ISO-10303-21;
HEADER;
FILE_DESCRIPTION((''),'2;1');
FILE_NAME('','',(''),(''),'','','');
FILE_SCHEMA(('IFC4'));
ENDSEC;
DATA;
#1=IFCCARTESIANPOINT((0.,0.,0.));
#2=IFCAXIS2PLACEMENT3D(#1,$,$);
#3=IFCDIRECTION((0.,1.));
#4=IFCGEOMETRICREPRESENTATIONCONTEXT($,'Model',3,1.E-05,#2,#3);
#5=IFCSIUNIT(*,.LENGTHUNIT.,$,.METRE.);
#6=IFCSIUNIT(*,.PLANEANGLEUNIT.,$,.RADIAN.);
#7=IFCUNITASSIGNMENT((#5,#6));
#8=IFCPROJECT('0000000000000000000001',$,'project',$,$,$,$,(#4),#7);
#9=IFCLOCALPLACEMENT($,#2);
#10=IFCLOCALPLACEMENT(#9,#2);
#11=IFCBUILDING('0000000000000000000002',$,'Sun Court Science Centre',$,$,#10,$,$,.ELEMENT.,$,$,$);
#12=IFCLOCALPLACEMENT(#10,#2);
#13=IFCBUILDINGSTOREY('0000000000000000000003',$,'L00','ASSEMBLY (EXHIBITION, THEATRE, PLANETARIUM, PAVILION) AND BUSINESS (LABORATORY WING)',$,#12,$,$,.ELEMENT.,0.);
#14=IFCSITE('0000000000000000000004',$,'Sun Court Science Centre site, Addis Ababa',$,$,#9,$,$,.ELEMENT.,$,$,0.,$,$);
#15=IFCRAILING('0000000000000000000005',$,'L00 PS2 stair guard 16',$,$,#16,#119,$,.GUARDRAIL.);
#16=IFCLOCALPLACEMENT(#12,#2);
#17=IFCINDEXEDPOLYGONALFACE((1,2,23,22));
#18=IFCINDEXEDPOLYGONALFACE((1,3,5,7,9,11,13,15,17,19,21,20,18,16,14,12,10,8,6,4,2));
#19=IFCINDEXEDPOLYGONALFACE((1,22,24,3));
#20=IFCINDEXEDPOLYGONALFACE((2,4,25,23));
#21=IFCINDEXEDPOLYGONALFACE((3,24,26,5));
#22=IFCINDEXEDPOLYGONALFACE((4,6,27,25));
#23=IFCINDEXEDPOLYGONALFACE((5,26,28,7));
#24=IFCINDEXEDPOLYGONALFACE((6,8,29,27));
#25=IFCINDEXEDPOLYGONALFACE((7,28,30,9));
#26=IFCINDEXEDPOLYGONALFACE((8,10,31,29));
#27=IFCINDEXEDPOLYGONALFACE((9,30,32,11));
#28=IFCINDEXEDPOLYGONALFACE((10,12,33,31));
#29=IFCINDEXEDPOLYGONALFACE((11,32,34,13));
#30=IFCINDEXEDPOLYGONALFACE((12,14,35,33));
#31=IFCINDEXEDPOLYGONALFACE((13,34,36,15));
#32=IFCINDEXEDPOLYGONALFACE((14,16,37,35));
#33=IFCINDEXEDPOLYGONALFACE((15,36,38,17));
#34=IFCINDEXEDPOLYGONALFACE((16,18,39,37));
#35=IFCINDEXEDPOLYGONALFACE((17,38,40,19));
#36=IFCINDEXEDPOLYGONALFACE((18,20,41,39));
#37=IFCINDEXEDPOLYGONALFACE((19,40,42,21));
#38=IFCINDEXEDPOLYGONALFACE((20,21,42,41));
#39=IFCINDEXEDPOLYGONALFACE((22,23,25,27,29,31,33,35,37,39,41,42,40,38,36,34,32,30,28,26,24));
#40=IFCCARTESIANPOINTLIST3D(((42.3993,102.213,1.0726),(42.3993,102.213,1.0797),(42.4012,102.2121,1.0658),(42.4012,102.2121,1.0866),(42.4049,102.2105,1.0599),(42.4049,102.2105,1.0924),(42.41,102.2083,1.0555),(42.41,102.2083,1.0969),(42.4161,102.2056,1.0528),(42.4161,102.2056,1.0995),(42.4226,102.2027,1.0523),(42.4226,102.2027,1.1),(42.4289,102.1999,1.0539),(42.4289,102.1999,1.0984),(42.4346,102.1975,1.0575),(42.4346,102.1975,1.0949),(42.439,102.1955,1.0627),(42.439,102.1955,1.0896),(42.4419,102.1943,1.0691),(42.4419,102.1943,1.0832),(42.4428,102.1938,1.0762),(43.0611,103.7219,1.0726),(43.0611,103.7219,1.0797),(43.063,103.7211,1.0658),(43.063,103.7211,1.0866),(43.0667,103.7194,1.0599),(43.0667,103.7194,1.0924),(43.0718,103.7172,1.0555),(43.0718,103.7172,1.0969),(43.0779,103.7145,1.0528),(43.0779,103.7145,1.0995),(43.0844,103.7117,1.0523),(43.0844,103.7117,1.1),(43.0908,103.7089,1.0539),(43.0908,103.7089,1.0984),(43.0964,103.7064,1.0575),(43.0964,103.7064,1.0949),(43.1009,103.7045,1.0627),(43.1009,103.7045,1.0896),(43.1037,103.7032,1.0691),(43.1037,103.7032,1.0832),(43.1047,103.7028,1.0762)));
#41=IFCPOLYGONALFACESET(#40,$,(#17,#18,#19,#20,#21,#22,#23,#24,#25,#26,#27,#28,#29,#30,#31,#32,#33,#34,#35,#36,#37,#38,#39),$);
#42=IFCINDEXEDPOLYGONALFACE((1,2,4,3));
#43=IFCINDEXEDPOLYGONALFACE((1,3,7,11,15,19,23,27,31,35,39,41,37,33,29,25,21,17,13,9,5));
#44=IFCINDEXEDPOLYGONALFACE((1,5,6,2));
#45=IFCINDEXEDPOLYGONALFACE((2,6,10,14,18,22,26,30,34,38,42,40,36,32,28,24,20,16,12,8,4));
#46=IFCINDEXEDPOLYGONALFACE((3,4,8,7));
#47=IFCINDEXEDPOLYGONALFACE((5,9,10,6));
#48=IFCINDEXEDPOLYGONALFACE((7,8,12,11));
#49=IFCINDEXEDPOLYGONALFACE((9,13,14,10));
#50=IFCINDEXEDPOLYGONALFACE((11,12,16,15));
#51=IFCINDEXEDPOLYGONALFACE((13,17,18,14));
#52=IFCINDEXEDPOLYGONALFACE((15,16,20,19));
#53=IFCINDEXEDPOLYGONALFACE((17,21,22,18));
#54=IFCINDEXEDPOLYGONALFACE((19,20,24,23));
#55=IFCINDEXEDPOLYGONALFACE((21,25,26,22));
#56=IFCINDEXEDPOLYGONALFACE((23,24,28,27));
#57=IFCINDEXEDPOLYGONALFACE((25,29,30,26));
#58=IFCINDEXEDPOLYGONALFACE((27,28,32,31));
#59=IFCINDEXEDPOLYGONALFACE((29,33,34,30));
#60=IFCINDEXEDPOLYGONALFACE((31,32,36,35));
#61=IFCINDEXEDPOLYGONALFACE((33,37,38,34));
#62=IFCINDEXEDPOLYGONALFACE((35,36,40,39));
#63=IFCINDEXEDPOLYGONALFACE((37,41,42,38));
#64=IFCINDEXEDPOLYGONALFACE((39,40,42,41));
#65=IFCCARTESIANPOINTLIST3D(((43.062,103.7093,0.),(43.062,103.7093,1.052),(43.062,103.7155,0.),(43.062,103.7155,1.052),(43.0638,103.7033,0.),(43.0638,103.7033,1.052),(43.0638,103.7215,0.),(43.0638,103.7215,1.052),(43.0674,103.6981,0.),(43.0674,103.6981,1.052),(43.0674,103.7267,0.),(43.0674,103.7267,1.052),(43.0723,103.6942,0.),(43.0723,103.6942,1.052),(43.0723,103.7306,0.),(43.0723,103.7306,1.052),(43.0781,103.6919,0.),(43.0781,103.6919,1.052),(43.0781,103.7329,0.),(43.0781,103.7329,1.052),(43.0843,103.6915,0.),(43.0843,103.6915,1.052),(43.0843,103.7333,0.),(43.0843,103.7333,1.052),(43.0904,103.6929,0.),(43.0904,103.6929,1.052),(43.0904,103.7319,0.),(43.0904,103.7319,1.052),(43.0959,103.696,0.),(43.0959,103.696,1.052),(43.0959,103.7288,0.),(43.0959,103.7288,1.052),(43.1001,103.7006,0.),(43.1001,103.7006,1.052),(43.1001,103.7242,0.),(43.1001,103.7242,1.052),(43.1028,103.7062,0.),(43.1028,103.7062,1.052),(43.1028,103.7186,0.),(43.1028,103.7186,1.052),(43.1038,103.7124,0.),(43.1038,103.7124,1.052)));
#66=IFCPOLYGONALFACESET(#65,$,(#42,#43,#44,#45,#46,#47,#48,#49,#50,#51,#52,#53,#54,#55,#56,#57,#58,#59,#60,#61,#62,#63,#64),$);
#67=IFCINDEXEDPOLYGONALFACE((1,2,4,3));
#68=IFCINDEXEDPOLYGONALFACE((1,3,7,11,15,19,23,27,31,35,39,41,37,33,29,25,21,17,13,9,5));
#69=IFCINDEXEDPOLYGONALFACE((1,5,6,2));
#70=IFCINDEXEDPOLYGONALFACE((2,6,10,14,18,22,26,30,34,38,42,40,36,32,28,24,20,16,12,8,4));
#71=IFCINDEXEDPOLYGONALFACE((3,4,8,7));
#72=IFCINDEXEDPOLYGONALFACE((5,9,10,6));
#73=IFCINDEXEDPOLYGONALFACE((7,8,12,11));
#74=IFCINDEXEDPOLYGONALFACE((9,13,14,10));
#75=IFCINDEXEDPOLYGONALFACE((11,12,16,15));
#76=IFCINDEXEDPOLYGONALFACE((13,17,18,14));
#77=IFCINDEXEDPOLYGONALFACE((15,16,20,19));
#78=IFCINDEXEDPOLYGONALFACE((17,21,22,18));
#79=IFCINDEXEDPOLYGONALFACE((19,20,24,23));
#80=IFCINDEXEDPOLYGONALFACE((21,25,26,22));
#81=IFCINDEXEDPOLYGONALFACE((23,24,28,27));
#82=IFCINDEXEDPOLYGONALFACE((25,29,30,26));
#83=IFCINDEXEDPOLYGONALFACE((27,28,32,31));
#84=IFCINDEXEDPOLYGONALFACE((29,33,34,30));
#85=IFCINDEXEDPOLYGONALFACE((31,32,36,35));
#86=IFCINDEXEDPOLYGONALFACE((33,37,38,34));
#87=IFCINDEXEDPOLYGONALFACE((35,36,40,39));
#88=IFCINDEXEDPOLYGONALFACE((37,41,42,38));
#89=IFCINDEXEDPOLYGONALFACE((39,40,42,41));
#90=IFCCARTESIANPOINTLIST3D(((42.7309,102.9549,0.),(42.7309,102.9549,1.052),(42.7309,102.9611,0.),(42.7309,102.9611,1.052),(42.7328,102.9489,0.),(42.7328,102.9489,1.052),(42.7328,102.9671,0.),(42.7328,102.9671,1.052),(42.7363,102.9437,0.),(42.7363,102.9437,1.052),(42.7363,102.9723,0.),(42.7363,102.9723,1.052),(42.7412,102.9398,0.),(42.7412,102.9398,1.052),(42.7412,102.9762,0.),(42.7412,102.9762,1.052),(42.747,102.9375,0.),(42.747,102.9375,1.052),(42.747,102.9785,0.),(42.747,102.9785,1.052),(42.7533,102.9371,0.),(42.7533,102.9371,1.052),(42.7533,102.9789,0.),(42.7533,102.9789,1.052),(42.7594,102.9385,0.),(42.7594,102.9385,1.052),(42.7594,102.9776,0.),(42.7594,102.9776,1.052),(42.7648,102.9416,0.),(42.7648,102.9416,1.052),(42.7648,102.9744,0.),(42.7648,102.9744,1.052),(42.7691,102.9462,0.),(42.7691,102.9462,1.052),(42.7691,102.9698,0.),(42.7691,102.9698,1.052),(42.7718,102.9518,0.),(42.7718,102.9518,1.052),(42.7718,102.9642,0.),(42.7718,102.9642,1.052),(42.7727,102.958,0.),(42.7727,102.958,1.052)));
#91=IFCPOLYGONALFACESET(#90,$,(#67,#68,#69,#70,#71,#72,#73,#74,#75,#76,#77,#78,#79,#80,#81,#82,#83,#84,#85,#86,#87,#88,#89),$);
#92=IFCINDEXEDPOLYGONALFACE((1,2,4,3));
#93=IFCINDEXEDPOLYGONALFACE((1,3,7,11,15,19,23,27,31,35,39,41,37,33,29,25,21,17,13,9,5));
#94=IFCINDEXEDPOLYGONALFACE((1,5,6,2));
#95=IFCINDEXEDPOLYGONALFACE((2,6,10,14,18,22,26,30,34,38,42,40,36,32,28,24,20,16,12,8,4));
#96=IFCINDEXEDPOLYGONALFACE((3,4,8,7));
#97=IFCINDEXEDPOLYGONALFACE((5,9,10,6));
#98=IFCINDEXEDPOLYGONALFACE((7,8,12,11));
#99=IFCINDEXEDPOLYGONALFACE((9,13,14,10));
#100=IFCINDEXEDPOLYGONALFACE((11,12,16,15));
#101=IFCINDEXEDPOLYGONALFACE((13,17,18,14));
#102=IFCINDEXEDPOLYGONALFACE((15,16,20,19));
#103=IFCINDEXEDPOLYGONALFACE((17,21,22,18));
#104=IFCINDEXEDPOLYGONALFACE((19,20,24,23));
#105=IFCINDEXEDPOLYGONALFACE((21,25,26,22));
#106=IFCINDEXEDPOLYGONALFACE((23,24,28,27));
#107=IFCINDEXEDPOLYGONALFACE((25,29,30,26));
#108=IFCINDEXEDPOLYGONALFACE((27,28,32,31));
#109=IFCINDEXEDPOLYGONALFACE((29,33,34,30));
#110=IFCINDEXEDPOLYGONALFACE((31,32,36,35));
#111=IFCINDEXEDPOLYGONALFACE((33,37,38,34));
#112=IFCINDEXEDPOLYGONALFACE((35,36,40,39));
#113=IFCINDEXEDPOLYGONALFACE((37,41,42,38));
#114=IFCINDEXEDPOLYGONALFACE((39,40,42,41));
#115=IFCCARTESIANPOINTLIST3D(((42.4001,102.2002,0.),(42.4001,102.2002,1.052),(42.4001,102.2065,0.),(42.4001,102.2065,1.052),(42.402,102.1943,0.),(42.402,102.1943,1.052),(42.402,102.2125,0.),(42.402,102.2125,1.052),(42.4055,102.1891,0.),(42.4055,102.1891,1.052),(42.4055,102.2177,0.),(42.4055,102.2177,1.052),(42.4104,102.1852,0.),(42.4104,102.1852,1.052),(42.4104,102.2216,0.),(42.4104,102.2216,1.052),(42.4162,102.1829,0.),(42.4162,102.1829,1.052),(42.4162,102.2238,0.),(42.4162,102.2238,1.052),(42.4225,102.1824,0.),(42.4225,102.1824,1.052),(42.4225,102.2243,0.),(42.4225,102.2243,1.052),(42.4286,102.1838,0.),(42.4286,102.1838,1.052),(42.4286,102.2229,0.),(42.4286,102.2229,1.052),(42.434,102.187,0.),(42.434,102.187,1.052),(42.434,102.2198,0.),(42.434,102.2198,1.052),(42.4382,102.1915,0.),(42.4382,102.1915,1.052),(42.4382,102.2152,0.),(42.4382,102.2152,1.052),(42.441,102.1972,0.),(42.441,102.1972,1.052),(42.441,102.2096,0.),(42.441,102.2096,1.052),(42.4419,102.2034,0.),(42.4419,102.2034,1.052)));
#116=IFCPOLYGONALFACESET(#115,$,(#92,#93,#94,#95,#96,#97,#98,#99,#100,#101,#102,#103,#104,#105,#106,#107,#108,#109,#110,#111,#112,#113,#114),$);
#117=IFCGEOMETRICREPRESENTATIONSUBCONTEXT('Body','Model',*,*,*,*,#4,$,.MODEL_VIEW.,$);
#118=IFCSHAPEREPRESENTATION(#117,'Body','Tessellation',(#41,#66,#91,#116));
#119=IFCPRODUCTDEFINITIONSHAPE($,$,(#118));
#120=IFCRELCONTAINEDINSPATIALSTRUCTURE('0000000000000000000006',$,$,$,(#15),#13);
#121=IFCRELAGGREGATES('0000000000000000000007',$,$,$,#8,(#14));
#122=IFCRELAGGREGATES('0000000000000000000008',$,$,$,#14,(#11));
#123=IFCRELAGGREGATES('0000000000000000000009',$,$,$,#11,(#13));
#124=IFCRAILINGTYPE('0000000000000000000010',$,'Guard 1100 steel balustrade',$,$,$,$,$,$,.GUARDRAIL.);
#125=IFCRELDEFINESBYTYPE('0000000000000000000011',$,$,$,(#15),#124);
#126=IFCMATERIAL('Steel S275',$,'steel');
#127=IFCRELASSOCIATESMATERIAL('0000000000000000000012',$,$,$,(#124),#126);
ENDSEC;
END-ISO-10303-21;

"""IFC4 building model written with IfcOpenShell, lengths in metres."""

from ifc_helpers import new_model, si_unit, direction, frame, origin, origin_2d, place, context, subcontext, project, spatial, circle, extrude, material, type_object, element, save


model = new_model("IFC4")

# Units and contexts
model_context = context("Model", 3, precision=1e-05, world=origin(), true_north=direction((0.0, 1.0)))
body_context = subcontext(model_context, "Body", "Model", "MODEL_VIEW")
ifc_project = project(units=[si_unit("LENGTHUNIT", "METRE"), si_unit("PLANEANGLEUNIT", "RADIAN")], contexts=[model_context])

# Site, building, storey
site_placement = place(None, origin())
site = spatial("IfcSite", under=ifc_project, at=site_placement, Name="Sun Court Science Centre site, Addis Ababa", CompositionType="ELEMENT", RefElevation=0.0)
building_placement = place(site_placement, origin())
building = spatial("IfcBuilding", under=site, at=building_placement, Name="Sun Court Science Centre", CompositionType="ELEMENT")
storey_placement = place(building_placement, origin())
storey = spatial("IfcBuildingStorey", under=building, at=storey_placement, Name="L00", Description="ASSEMBLY (EXHIBITION, THEATRE, PLANETARIUM, PAVILION) AND BUSINESS (LABORATORY WING)", CompositionType="ELEMENT", Elevation=0.0)

# Railing
ifc_material_1 = material(Name="Steel S275", Category="steel")
railing_type_1 = type_object("IfcRailingType", Name="Guard 1100 steel balustrade", PredefinedType="GUARDRAIL", material=ifc_material_1)
railing_1_placement = place(storey_placement, frame((43.0828, 103.7124, 0.0)))
element("IfcRailing", 1, at=railing_1_placement, inside=storey, type_object=railing_type_1, Name="L00 PS2 stair guard 16", PredefinedType="GUARDRAIL", context=body_context, shape_type="SweptSolid", body=[
    extrude(circle(Radius=0.0239, at=origin_2d()), frame((0.0, 0.0, 1.0762), z_axis=(-0.401666, -0.915786, 0.0), x_axis=(0.915786, -0.401666, 0.0)), (0.0, 0.0, 1.0), 1.6477),
    extrude(circle(Radius=0.021, at=origin_2d()), origin(), (0.0, 0.0, 1.0), 1.052),
    extrude(circle(Radius=0.021, at=origin_2d()), frame((-0.3311, -0.7544, 0.0)), (0.0, 0.0, 1.0), 1.052),
    extrude(circle(Radius=0.021, at=origin_2d()), frame((-0.6619, -1.509, 0.0)), (0.0, 0.0, 1.0), 1.052),
])

save(model, "model.ifc")
